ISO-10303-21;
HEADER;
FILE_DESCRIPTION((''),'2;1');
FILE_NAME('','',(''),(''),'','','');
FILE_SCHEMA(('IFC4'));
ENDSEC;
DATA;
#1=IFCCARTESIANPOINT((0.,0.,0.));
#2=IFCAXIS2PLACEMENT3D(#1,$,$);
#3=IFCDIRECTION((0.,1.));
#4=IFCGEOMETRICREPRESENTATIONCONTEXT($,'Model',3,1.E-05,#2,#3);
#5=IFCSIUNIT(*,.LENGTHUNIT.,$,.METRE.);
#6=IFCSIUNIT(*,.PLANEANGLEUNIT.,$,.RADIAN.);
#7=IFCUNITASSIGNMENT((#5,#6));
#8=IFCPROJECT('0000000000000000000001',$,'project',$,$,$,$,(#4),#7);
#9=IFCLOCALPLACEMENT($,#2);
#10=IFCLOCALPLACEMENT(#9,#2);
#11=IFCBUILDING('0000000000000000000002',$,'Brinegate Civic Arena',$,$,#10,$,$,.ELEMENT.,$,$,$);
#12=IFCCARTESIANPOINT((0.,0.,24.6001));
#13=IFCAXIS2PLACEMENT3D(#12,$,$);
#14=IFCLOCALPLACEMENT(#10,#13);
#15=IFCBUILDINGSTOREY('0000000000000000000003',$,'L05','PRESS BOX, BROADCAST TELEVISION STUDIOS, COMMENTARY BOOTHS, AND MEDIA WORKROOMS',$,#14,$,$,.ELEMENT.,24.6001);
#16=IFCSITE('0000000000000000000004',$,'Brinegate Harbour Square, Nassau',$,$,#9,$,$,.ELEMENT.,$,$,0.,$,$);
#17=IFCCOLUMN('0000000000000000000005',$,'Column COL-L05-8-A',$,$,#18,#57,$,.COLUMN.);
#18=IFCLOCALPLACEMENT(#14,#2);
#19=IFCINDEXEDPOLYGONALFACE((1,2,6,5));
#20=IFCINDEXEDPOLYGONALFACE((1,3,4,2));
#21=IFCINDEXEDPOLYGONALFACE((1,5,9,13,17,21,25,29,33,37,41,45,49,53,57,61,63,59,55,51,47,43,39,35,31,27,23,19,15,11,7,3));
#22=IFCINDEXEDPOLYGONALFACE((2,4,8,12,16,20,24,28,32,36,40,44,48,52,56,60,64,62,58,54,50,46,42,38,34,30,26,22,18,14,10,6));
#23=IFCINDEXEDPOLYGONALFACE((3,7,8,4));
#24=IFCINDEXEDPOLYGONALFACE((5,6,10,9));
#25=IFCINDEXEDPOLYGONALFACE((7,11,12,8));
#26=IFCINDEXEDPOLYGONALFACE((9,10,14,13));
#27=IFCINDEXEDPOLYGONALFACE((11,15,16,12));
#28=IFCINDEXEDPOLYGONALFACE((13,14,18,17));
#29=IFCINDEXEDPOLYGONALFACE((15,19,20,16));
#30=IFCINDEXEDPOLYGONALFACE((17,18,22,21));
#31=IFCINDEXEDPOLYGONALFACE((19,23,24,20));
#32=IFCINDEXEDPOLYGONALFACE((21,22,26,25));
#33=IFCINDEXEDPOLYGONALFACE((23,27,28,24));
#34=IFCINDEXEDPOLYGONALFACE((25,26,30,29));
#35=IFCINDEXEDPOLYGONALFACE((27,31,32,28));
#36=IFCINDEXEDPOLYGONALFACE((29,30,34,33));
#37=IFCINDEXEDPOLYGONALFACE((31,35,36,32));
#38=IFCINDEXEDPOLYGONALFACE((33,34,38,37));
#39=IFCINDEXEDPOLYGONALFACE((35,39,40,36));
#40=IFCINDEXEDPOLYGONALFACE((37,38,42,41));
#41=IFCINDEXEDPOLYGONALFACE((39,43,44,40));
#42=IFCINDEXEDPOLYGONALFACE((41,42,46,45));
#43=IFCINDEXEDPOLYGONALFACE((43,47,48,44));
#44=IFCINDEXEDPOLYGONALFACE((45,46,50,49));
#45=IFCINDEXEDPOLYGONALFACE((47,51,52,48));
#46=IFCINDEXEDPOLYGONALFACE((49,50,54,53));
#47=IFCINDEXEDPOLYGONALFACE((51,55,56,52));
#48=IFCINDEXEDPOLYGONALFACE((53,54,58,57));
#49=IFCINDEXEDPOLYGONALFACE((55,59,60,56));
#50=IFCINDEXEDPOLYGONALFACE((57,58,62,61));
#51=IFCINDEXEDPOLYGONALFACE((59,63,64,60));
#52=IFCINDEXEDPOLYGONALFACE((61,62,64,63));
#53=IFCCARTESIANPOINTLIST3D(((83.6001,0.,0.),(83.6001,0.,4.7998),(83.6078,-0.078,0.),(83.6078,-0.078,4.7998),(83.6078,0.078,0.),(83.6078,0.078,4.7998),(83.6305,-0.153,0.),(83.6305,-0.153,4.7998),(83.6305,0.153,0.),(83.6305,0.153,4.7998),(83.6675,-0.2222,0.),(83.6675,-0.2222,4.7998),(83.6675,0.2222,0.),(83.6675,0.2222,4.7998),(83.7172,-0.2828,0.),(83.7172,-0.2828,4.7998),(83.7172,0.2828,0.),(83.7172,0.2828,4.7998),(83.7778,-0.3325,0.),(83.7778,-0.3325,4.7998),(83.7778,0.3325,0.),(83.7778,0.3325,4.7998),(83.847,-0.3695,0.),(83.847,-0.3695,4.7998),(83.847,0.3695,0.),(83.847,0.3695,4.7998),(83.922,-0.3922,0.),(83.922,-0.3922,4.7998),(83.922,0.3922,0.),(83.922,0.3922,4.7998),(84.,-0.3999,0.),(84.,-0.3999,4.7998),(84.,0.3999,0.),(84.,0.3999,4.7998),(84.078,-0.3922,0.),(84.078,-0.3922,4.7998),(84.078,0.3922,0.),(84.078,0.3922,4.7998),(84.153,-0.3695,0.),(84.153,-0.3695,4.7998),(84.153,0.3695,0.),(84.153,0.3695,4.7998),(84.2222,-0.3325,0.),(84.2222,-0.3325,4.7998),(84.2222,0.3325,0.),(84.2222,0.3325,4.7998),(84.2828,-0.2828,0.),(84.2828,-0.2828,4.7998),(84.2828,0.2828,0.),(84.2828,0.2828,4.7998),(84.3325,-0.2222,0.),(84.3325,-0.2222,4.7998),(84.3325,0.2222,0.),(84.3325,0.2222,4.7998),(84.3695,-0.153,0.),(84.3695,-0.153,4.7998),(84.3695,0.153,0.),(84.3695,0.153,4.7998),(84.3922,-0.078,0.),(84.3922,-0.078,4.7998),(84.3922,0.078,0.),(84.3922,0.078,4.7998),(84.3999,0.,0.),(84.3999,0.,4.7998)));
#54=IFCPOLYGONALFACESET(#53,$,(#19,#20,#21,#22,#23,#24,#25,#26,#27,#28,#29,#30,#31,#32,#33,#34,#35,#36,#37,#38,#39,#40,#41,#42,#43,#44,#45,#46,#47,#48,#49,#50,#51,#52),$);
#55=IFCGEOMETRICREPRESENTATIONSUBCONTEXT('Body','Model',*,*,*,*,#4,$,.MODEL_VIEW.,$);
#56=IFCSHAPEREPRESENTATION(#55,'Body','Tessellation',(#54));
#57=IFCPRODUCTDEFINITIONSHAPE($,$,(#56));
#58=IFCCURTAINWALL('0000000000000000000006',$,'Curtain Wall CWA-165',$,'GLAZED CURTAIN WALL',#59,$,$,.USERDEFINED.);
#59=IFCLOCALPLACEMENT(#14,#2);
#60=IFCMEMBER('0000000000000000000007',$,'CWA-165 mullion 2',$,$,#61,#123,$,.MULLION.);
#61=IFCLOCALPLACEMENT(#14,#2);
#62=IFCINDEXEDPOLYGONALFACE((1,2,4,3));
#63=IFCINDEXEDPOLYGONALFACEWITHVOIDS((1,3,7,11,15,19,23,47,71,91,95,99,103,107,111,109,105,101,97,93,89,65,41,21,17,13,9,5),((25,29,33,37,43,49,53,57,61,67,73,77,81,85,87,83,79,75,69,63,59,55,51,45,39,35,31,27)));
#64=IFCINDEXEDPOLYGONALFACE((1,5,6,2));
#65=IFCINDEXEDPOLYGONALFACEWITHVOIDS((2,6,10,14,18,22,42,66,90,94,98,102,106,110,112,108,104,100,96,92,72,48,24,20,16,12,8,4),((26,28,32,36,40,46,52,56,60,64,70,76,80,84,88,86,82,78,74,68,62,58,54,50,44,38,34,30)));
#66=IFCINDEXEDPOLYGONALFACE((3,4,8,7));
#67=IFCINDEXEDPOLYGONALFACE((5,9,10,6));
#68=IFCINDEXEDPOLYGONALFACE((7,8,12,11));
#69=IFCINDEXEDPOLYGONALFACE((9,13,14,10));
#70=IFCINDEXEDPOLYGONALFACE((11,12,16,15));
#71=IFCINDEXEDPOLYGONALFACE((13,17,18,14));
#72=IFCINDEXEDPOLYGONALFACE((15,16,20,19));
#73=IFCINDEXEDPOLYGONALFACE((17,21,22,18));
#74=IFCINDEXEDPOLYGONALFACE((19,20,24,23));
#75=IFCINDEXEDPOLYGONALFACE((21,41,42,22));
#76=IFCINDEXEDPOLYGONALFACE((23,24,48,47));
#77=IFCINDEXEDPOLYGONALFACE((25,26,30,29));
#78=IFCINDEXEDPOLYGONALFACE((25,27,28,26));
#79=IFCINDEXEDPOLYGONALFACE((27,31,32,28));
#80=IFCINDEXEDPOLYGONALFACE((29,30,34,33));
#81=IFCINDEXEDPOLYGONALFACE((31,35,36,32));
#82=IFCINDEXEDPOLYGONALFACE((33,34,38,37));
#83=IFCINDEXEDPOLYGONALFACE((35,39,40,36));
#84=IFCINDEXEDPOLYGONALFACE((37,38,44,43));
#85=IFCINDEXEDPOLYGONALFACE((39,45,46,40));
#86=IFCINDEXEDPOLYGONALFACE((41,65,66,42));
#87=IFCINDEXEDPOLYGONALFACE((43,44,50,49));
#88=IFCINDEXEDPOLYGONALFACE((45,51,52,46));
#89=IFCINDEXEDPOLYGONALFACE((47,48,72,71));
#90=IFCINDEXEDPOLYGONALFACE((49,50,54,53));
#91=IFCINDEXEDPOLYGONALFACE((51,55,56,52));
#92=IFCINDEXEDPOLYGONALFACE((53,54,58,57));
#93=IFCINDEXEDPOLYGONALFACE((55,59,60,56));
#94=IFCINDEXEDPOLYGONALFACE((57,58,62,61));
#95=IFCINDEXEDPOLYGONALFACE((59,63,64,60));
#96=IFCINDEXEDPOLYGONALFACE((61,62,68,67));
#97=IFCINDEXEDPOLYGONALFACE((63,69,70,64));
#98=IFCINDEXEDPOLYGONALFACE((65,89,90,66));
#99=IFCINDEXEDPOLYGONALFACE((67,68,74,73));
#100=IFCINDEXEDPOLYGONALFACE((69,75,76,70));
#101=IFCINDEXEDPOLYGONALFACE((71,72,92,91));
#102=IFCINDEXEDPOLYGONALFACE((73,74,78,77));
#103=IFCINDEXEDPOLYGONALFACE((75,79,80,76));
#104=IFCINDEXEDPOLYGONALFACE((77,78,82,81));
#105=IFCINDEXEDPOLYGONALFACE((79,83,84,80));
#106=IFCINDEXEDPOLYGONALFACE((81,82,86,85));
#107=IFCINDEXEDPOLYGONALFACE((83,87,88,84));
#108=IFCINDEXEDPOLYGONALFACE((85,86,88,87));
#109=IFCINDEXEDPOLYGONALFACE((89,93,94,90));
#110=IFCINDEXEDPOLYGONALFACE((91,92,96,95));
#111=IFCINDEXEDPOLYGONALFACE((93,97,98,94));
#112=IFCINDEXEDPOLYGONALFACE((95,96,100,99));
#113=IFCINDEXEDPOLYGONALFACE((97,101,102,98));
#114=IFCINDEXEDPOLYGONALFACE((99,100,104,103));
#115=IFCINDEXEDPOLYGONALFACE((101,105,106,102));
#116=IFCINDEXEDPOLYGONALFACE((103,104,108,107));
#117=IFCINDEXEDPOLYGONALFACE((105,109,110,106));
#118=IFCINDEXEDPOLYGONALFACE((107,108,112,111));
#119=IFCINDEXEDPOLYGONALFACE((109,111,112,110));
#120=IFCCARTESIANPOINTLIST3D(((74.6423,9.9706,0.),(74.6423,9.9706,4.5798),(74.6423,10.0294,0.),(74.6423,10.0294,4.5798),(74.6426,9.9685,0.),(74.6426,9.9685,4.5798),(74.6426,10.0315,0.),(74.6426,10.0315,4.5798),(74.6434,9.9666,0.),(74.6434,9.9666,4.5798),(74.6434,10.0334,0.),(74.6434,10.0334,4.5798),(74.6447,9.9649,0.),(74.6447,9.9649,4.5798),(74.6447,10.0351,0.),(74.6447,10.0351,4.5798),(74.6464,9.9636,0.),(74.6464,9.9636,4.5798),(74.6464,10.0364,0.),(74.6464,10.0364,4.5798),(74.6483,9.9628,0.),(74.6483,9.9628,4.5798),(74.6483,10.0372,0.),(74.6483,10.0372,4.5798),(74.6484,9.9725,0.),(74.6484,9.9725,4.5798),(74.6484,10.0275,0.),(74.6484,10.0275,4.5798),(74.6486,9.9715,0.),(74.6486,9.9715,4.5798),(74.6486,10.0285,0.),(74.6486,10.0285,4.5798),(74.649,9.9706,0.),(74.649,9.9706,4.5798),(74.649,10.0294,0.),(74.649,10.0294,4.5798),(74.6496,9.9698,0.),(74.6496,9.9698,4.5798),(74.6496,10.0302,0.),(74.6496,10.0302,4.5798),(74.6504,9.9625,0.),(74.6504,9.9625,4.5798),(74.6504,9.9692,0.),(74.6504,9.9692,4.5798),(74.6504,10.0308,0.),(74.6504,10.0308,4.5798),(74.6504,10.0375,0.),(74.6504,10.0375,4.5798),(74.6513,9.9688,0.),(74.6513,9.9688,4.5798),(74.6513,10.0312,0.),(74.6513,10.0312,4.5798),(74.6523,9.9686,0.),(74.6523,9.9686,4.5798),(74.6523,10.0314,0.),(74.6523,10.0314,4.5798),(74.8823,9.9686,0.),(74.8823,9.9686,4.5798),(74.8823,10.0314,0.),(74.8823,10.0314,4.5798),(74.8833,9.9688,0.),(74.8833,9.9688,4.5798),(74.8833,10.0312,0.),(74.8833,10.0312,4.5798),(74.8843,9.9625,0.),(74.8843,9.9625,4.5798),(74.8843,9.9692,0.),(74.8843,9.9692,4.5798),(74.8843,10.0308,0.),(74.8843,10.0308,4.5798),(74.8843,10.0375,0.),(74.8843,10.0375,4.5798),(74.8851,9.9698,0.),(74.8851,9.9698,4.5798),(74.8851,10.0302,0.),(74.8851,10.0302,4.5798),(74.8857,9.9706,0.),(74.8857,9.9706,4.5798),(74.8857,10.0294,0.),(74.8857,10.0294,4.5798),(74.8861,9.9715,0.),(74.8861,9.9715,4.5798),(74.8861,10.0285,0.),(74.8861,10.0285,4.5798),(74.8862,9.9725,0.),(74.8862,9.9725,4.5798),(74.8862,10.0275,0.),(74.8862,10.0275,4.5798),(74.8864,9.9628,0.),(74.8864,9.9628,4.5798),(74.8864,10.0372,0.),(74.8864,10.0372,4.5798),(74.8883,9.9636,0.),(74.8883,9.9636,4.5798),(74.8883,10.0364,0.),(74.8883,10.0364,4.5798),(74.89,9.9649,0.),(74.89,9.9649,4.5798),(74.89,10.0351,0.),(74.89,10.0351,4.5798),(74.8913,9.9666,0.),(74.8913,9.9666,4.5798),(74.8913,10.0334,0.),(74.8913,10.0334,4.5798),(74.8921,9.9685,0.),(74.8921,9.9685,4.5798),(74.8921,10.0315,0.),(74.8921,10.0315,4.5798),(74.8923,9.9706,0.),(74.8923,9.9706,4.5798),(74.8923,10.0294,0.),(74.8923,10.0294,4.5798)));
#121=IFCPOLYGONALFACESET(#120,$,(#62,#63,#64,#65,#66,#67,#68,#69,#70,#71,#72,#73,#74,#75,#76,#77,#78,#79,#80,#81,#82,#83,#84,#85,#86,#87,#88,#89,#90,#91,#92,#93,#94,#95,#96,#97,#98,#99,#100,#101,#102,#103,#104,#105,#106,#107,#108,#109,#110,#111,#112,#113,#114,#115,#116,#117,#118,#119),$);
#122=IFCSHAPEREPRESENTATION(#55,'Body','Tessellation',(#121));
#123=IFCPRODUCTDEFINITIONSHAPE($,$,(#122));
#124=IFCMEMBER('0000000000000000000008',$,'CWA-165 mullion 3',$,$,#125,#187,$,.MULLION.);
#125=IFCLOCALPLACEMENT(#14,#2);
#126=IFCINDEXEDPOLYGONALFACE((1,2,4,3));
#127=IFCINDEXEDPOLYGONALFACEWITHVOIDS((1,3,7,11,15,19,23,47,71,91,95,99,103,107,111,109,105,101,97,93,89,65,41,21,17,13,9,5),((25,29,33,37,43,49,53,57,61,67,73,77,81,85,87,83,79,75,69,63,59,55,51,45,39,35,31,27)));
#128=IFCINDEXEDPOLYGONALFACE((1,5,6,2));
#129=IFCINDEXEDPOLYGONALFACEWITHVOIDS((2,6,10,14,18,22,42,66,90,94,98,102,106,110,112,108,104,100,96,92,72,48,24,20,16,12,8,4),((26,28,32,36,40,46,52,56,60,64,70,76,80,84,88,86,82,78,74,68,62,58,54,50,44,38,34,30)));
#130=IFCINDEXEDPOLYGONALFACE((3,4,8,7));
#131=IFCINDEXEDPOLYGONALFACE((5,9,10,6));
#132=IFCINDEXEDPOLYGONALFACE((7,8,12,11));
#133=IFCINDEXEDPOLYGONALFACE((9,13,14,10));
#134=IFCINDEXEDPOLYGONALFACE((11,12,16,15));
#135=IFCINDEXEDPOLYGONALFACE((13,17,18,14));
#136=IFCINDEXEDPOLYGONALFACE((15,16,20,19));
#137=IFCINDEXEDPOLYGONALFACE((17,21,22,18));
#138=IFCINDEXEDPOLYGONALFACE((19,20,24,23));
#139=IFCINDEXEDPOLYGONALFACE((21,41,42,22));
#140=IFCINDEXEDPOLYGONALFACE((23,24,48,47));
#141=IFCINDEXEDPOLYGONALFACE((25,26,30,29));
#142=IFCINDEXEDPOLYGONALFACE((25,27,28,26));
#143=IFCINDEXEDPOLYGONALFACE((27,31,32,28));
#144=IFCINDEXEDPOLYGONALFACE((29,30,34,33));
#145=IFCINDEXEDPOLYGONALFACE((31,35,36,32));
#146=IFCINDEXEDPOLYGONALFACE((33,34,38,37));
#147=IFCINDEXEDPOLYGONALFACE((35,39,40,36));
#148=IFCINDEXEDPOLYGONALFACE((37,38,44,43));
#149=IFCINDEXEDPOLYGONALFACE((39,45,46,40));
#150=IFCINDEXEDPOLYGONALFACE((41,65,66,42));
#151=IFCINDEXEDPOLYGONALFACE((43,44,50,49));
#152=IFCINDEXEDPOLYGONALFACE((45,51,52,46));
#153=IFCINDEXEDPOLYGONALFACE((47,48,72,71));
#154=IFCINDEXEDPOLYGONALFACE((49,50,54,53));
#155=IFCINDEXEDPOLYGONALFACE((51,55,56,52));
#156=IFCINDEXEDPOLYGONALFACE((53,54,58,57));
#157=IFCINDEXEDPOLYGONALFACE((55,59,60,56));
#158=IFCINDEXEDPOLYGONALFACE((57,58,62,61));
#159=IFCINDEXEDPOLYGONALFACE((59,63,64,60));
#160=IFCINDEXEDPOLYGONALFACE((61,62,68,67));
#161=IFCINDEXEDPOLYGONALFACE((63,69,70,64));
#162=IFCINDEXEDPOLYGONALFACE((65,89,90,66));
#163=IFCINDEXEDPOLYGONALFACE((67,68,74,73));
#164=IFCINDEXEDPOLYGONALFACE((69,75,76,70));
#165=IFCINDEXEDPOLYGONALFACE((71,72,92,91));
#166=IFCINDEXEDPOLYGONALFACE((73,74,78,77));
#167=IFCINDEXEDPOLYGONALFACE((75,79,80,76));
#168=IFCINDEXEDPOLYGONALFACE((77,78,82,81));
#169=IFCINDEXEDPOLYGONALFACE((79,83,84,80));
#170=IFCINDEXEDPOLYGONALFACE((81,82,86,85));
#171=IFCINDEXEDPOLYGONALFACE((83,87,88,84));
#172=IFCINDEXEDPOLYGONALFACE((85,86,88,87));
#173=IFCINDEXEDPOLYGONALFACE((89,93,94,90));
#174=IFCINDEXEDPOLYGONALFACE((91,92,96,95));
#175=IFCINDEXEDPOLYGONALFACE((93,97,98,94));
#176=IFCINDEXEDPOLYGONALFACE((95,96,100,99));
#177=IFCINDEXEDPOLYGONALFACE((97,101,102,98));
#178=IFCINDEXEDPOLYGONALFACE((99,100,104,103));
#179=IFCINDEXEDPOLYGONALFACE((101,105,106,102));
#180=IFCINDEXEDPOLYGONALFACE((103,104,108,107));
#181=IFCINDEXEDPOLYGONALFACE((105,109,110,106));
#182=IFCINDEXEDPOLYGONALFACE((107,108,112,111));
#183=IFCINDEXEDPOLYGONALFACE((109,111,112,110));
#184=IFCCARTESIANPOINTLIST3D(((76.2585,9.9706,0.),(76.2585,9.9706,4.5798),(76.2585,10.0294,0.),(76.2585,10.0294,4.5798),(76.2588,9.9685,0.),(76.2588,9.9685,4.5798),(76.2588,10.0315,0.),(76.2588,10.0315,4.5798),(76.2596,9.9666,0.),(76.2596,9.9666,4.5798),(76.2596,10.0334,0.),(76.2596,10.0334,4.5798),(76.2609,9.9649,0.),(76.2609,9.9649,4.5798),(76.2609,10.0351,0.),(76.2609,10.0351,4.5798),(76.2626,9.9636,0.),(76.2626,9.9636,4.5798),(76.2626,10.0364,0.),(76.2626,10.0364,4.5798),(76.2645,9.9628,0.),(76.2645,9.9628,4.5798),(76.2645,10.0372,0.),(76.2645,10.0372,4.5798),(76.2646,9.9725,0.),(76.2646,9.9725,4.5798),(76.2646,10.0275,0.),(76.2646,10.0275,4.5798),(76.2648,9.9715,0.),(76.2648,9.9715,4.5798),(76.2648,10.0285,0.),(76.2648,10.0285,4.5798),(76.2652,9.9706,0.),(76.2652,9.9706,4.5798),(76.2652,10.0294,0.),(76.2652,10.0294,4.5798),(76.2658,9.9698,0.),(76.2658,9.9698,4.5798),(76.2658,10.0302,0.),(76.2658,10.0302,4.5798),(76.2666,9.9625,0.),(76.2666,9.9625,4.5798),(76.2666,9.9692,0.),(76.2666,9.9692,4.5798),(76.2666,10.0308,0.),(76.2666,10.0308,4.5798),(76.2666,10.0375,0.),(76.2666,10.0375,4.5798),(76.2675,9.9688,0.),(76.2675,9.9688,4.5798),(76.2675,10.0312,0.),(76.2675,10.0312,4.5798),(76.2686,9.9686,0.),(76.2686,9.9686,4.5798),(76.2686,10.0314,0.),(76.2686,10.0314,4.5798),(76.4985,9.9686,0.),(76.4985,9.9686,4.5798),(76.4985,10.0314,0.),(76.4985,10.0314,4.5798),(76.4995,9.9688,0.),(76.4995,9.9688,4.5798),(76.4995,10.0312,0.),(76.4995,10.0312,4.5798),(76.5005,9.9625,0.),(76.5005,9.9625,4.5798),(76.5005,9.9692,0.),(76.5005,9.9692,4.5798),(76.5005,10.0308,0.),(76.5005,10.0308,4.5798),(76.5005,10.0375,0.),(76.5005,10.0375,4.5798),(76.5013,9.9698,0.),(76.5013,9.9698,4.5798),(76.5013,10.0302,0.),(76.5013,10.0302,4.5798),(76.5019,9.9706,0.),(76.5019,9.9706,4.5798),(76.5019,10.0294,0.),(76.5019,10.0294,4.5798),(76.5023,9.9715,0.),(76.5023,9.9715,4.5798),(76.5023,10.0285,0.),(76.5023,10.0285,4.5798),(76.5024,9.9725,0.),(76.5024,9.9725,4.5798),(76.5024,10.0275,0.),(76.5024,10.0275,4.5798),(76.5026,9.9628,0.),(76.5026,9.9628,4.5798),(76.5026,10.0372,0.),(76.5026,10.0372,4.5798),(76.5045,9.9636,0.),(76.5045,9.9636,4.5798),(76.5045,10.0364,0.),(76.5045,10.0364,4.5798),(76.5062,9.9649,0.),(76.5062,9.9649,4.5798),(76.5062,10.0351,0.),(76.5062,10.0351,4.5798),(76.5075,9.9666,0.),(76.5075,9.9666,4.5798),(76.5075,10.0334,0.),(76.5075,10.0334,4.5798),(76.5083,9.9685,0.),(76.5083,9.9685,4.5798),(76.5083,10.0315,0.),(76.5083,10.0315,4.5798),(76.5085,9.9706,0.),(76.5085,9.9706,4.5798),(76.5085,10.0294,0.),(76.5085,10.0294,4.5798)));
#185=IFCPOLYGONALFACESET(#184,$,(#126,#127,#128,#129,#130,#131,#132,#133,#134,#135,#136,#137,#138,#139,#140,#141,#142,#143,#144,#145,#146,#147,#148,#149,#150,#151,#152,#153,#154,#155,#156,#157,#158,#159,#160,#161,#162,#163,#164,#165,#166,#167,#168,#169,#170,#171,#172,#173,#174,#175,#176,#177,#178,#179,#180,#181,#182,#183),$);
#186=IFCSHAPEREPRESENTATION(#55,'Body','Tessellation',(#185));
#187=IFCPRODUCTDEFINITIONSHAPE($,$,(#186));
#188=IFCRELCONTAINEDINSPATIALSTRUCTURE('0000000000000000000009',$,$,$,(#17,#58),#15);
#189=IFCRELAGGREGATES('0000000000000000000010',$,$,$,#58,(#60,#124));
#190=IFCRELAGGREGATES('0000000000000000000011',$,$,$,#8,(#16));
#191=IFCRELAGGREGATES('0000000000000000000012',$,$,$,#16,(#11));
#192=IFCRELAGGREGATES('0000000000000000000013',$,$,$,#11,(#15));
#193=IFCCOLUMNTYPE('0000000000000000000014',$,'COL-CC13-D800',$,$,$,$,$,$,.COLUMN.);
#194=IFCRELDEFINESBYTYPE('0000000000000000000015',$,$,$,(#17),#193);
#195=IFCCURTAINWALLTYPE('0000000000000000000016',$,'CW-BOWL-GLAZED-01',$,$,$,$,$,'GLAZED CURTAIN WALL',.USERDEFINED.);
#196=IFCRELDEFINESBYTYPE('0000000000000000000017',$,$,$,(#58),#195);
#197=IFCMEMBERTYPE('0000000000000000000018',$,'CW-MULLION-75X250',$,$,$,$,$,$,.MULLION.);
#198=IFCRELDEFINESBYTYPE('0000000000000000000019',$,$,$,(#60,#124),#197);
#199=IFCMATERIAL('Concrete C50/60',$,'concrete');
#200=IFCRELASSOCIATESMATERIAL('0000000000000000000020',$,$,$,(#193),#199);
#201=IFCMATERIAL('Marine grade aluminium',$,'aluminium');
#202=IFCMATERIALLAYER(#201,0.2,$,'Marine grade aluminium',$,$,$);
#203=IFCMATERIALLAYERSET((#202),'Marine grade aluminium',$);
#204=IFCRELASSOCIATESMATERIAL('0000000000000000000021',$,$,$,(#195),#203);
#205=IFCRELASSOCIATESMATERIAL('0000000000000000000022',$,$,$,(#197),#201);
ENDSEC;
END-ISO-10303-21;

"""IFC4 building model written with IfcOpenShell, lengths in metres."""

from ifc_helpers import new_model, si_unit, direction, frame, origin, origin_2d, place, context, subcontext, project, spatial, hollow_rectangle, circle, extrude, material, layer, layer_set, material_profile, profile_set, type_object, element, aggregate, save


model = new_model("IFC4")

# Units and contexts
model_context = context("Model", 3, precision=1e-05, world=origin(), true_north=direction((0.0, 1.0)))
body_context = subcontext(model_context, "Body", "Model", "MODEL_VIEW")
ifc_project = project(units=[si_unit("LENGTHUNIT", "METRE"), si_unit("PLANEANGLEUNIT", "RADIAN")], contexts=[model_context])

# Site, building, storey
site_placement = place(None, origin())
site = spatial("IfcSite", under=ifc_project, at=site_placement, Name="Brinegate Harbour Square, Nassau", CompositionType="ELEMENT", RefElevation=0.0)
building_placement = place(site_placement, origin())
building = spatial("IfcBuilding", under=site, at=building_placement, Name="Brinegate Civic Arena", CompositionType="ELEMENT")
storey_placement = place(building_placement, frame((0.0, 0.0, 24.6001)))
storey = spatial("IfcBuildingStorey", under=building, at=storey_placement, Name="L05", Description="PRESS BOX, BROADCAST TELEVISION STUDIOS, COMMENTARY BOOTHS, AND MEDIA WORKROOMS", CompositionType="ELEMENT", Elevation=24.6001)

# Column
ifc_material_1 = material(Name="Concrete C50/60", Category="concrete")
ifc_material_profile_1 = material_profile(ifc_material_1, circle(Radius=0.3999, at=origin_2d()), Name="RCD800")
ifc_profile_set_1 = profile_set([ifc_material_profile_1], Name="Concrete C50/60")
column_type = type_object("IfcColumnType", Name="COL-CC13-D800", PredefinedType="COLUMN", material=ifc_profile_set_1)
column_placement = place(storey_placement, frame((84.0, 0.0, 0.0), z_axis=(0.0, 0.0, 1.0), x_axis=(1.0, 0.0, 0.0)))
element("IfcColumn", 1, at=column_placement, inside=storey, type_object=column_type, Name="Column COL-L05-8-A", PredefinedType="COLUMN", context=body_context, shape_type="SweptSolid", body=[
    extrude(circle(Radius=0.3999, at=origin_2d()), origin(), (0.0, 0.0, 1.0), 4.7998),
])

# Curtain wall, members
ifc_material_2 = material(Name="Marine grade aluminium", Category="aluminium")
ifc_layer_1 = layer(ifc_material_2, 0.2, Name="Marine grade aluminium")
ifc_layer_set_1 = layer_set([ifc_layer_1], Name="Marine grade aluminium")
curtain_wall_type = type_object("IfcCurtainWallType", Name="CW-BOWL-GLAZED-01", ElementType="GLAZED CURTAIN WALL", PredefinedType="USERDEFINED", material=ifc_layer_set_1)
curtain_wall_placement = place(storey_placement, origin())
curtain_wall = element("IfcCurtainWall", 2, at=curtain_wall_placement, inside=storey, type_object=curtain_wall_type, Name="Curtain Wall CWA-165", ObjectType="GLAZED CURTAIN WALL", PredefinedType="USERDEFINED")
ifc_material_profile_2 = material_profile(ifc_material_2, hollow_rectangle(XDim=0.075, YDim=0.25, WallThickness=0.0061, InnerFilletRadius=0.0039, OuterFilletRadius=0.0081, at=origin_2d()), Name="MUL75X250")
ifc_profile_set_2 = profile_set([ifc_material_profile_2], Name="Marine grade aluminium")
member_type_1 = type_object("IfcMemberType", Name="CW-MULLION-75X250", PredefinedType="MULLION", material=ifc_profile_set_2)
member_1_placement = place(storey_placement, frame((74.7673, 10.0, 0.0), z_axis=(0.0, 0.0, 1.0), x_axis=(0.0, 1.0, 0.0)))
member_1 = element("IfcMember", 3, at=member_1_placement, type_object=member_type_1, Name="CWA-165 mullion 2", PredefinedType="MULLION", context=body_context, shape_type="SweptSolid", body=[
    extrude(hollow_rectangle(XDim=0.075, YDim=0.25, WallThickness=0.0061, InnerFilletRadius=0.0039, OuterFilletRadius=0.0081, at=origin_2d()), origin(), (0.0, 0.0, 1.0), 4.5798),
])
member_2_placement = place(storey_placement, frame((76.3835, 10.0, 0.0), z_axis=(0.0, 0.0, 1.0), x_axis=(0.0, 1.0, 0.0)))
member_2 = element("IfcMember", 4, at=member_2_placement, type_object=member_type_1, Name="CWA-165 mullion 3", PredefinedType="MULLION", context=body_context, shape_type="SweptSolid", body=[
    extrude(hollow_rectangle(XDim=0.075, YDim=0.25, WallThickness=0.0061, InnerFilletRadius=0.0039, OuterFilletRadius=0.0081, at=origin_2d()), origin(), (0.0, 0.0, 1.0), 4.5798),
])
aggregate(curtain_wall, [member_1, member_2])

save(model, "model.ifc")
